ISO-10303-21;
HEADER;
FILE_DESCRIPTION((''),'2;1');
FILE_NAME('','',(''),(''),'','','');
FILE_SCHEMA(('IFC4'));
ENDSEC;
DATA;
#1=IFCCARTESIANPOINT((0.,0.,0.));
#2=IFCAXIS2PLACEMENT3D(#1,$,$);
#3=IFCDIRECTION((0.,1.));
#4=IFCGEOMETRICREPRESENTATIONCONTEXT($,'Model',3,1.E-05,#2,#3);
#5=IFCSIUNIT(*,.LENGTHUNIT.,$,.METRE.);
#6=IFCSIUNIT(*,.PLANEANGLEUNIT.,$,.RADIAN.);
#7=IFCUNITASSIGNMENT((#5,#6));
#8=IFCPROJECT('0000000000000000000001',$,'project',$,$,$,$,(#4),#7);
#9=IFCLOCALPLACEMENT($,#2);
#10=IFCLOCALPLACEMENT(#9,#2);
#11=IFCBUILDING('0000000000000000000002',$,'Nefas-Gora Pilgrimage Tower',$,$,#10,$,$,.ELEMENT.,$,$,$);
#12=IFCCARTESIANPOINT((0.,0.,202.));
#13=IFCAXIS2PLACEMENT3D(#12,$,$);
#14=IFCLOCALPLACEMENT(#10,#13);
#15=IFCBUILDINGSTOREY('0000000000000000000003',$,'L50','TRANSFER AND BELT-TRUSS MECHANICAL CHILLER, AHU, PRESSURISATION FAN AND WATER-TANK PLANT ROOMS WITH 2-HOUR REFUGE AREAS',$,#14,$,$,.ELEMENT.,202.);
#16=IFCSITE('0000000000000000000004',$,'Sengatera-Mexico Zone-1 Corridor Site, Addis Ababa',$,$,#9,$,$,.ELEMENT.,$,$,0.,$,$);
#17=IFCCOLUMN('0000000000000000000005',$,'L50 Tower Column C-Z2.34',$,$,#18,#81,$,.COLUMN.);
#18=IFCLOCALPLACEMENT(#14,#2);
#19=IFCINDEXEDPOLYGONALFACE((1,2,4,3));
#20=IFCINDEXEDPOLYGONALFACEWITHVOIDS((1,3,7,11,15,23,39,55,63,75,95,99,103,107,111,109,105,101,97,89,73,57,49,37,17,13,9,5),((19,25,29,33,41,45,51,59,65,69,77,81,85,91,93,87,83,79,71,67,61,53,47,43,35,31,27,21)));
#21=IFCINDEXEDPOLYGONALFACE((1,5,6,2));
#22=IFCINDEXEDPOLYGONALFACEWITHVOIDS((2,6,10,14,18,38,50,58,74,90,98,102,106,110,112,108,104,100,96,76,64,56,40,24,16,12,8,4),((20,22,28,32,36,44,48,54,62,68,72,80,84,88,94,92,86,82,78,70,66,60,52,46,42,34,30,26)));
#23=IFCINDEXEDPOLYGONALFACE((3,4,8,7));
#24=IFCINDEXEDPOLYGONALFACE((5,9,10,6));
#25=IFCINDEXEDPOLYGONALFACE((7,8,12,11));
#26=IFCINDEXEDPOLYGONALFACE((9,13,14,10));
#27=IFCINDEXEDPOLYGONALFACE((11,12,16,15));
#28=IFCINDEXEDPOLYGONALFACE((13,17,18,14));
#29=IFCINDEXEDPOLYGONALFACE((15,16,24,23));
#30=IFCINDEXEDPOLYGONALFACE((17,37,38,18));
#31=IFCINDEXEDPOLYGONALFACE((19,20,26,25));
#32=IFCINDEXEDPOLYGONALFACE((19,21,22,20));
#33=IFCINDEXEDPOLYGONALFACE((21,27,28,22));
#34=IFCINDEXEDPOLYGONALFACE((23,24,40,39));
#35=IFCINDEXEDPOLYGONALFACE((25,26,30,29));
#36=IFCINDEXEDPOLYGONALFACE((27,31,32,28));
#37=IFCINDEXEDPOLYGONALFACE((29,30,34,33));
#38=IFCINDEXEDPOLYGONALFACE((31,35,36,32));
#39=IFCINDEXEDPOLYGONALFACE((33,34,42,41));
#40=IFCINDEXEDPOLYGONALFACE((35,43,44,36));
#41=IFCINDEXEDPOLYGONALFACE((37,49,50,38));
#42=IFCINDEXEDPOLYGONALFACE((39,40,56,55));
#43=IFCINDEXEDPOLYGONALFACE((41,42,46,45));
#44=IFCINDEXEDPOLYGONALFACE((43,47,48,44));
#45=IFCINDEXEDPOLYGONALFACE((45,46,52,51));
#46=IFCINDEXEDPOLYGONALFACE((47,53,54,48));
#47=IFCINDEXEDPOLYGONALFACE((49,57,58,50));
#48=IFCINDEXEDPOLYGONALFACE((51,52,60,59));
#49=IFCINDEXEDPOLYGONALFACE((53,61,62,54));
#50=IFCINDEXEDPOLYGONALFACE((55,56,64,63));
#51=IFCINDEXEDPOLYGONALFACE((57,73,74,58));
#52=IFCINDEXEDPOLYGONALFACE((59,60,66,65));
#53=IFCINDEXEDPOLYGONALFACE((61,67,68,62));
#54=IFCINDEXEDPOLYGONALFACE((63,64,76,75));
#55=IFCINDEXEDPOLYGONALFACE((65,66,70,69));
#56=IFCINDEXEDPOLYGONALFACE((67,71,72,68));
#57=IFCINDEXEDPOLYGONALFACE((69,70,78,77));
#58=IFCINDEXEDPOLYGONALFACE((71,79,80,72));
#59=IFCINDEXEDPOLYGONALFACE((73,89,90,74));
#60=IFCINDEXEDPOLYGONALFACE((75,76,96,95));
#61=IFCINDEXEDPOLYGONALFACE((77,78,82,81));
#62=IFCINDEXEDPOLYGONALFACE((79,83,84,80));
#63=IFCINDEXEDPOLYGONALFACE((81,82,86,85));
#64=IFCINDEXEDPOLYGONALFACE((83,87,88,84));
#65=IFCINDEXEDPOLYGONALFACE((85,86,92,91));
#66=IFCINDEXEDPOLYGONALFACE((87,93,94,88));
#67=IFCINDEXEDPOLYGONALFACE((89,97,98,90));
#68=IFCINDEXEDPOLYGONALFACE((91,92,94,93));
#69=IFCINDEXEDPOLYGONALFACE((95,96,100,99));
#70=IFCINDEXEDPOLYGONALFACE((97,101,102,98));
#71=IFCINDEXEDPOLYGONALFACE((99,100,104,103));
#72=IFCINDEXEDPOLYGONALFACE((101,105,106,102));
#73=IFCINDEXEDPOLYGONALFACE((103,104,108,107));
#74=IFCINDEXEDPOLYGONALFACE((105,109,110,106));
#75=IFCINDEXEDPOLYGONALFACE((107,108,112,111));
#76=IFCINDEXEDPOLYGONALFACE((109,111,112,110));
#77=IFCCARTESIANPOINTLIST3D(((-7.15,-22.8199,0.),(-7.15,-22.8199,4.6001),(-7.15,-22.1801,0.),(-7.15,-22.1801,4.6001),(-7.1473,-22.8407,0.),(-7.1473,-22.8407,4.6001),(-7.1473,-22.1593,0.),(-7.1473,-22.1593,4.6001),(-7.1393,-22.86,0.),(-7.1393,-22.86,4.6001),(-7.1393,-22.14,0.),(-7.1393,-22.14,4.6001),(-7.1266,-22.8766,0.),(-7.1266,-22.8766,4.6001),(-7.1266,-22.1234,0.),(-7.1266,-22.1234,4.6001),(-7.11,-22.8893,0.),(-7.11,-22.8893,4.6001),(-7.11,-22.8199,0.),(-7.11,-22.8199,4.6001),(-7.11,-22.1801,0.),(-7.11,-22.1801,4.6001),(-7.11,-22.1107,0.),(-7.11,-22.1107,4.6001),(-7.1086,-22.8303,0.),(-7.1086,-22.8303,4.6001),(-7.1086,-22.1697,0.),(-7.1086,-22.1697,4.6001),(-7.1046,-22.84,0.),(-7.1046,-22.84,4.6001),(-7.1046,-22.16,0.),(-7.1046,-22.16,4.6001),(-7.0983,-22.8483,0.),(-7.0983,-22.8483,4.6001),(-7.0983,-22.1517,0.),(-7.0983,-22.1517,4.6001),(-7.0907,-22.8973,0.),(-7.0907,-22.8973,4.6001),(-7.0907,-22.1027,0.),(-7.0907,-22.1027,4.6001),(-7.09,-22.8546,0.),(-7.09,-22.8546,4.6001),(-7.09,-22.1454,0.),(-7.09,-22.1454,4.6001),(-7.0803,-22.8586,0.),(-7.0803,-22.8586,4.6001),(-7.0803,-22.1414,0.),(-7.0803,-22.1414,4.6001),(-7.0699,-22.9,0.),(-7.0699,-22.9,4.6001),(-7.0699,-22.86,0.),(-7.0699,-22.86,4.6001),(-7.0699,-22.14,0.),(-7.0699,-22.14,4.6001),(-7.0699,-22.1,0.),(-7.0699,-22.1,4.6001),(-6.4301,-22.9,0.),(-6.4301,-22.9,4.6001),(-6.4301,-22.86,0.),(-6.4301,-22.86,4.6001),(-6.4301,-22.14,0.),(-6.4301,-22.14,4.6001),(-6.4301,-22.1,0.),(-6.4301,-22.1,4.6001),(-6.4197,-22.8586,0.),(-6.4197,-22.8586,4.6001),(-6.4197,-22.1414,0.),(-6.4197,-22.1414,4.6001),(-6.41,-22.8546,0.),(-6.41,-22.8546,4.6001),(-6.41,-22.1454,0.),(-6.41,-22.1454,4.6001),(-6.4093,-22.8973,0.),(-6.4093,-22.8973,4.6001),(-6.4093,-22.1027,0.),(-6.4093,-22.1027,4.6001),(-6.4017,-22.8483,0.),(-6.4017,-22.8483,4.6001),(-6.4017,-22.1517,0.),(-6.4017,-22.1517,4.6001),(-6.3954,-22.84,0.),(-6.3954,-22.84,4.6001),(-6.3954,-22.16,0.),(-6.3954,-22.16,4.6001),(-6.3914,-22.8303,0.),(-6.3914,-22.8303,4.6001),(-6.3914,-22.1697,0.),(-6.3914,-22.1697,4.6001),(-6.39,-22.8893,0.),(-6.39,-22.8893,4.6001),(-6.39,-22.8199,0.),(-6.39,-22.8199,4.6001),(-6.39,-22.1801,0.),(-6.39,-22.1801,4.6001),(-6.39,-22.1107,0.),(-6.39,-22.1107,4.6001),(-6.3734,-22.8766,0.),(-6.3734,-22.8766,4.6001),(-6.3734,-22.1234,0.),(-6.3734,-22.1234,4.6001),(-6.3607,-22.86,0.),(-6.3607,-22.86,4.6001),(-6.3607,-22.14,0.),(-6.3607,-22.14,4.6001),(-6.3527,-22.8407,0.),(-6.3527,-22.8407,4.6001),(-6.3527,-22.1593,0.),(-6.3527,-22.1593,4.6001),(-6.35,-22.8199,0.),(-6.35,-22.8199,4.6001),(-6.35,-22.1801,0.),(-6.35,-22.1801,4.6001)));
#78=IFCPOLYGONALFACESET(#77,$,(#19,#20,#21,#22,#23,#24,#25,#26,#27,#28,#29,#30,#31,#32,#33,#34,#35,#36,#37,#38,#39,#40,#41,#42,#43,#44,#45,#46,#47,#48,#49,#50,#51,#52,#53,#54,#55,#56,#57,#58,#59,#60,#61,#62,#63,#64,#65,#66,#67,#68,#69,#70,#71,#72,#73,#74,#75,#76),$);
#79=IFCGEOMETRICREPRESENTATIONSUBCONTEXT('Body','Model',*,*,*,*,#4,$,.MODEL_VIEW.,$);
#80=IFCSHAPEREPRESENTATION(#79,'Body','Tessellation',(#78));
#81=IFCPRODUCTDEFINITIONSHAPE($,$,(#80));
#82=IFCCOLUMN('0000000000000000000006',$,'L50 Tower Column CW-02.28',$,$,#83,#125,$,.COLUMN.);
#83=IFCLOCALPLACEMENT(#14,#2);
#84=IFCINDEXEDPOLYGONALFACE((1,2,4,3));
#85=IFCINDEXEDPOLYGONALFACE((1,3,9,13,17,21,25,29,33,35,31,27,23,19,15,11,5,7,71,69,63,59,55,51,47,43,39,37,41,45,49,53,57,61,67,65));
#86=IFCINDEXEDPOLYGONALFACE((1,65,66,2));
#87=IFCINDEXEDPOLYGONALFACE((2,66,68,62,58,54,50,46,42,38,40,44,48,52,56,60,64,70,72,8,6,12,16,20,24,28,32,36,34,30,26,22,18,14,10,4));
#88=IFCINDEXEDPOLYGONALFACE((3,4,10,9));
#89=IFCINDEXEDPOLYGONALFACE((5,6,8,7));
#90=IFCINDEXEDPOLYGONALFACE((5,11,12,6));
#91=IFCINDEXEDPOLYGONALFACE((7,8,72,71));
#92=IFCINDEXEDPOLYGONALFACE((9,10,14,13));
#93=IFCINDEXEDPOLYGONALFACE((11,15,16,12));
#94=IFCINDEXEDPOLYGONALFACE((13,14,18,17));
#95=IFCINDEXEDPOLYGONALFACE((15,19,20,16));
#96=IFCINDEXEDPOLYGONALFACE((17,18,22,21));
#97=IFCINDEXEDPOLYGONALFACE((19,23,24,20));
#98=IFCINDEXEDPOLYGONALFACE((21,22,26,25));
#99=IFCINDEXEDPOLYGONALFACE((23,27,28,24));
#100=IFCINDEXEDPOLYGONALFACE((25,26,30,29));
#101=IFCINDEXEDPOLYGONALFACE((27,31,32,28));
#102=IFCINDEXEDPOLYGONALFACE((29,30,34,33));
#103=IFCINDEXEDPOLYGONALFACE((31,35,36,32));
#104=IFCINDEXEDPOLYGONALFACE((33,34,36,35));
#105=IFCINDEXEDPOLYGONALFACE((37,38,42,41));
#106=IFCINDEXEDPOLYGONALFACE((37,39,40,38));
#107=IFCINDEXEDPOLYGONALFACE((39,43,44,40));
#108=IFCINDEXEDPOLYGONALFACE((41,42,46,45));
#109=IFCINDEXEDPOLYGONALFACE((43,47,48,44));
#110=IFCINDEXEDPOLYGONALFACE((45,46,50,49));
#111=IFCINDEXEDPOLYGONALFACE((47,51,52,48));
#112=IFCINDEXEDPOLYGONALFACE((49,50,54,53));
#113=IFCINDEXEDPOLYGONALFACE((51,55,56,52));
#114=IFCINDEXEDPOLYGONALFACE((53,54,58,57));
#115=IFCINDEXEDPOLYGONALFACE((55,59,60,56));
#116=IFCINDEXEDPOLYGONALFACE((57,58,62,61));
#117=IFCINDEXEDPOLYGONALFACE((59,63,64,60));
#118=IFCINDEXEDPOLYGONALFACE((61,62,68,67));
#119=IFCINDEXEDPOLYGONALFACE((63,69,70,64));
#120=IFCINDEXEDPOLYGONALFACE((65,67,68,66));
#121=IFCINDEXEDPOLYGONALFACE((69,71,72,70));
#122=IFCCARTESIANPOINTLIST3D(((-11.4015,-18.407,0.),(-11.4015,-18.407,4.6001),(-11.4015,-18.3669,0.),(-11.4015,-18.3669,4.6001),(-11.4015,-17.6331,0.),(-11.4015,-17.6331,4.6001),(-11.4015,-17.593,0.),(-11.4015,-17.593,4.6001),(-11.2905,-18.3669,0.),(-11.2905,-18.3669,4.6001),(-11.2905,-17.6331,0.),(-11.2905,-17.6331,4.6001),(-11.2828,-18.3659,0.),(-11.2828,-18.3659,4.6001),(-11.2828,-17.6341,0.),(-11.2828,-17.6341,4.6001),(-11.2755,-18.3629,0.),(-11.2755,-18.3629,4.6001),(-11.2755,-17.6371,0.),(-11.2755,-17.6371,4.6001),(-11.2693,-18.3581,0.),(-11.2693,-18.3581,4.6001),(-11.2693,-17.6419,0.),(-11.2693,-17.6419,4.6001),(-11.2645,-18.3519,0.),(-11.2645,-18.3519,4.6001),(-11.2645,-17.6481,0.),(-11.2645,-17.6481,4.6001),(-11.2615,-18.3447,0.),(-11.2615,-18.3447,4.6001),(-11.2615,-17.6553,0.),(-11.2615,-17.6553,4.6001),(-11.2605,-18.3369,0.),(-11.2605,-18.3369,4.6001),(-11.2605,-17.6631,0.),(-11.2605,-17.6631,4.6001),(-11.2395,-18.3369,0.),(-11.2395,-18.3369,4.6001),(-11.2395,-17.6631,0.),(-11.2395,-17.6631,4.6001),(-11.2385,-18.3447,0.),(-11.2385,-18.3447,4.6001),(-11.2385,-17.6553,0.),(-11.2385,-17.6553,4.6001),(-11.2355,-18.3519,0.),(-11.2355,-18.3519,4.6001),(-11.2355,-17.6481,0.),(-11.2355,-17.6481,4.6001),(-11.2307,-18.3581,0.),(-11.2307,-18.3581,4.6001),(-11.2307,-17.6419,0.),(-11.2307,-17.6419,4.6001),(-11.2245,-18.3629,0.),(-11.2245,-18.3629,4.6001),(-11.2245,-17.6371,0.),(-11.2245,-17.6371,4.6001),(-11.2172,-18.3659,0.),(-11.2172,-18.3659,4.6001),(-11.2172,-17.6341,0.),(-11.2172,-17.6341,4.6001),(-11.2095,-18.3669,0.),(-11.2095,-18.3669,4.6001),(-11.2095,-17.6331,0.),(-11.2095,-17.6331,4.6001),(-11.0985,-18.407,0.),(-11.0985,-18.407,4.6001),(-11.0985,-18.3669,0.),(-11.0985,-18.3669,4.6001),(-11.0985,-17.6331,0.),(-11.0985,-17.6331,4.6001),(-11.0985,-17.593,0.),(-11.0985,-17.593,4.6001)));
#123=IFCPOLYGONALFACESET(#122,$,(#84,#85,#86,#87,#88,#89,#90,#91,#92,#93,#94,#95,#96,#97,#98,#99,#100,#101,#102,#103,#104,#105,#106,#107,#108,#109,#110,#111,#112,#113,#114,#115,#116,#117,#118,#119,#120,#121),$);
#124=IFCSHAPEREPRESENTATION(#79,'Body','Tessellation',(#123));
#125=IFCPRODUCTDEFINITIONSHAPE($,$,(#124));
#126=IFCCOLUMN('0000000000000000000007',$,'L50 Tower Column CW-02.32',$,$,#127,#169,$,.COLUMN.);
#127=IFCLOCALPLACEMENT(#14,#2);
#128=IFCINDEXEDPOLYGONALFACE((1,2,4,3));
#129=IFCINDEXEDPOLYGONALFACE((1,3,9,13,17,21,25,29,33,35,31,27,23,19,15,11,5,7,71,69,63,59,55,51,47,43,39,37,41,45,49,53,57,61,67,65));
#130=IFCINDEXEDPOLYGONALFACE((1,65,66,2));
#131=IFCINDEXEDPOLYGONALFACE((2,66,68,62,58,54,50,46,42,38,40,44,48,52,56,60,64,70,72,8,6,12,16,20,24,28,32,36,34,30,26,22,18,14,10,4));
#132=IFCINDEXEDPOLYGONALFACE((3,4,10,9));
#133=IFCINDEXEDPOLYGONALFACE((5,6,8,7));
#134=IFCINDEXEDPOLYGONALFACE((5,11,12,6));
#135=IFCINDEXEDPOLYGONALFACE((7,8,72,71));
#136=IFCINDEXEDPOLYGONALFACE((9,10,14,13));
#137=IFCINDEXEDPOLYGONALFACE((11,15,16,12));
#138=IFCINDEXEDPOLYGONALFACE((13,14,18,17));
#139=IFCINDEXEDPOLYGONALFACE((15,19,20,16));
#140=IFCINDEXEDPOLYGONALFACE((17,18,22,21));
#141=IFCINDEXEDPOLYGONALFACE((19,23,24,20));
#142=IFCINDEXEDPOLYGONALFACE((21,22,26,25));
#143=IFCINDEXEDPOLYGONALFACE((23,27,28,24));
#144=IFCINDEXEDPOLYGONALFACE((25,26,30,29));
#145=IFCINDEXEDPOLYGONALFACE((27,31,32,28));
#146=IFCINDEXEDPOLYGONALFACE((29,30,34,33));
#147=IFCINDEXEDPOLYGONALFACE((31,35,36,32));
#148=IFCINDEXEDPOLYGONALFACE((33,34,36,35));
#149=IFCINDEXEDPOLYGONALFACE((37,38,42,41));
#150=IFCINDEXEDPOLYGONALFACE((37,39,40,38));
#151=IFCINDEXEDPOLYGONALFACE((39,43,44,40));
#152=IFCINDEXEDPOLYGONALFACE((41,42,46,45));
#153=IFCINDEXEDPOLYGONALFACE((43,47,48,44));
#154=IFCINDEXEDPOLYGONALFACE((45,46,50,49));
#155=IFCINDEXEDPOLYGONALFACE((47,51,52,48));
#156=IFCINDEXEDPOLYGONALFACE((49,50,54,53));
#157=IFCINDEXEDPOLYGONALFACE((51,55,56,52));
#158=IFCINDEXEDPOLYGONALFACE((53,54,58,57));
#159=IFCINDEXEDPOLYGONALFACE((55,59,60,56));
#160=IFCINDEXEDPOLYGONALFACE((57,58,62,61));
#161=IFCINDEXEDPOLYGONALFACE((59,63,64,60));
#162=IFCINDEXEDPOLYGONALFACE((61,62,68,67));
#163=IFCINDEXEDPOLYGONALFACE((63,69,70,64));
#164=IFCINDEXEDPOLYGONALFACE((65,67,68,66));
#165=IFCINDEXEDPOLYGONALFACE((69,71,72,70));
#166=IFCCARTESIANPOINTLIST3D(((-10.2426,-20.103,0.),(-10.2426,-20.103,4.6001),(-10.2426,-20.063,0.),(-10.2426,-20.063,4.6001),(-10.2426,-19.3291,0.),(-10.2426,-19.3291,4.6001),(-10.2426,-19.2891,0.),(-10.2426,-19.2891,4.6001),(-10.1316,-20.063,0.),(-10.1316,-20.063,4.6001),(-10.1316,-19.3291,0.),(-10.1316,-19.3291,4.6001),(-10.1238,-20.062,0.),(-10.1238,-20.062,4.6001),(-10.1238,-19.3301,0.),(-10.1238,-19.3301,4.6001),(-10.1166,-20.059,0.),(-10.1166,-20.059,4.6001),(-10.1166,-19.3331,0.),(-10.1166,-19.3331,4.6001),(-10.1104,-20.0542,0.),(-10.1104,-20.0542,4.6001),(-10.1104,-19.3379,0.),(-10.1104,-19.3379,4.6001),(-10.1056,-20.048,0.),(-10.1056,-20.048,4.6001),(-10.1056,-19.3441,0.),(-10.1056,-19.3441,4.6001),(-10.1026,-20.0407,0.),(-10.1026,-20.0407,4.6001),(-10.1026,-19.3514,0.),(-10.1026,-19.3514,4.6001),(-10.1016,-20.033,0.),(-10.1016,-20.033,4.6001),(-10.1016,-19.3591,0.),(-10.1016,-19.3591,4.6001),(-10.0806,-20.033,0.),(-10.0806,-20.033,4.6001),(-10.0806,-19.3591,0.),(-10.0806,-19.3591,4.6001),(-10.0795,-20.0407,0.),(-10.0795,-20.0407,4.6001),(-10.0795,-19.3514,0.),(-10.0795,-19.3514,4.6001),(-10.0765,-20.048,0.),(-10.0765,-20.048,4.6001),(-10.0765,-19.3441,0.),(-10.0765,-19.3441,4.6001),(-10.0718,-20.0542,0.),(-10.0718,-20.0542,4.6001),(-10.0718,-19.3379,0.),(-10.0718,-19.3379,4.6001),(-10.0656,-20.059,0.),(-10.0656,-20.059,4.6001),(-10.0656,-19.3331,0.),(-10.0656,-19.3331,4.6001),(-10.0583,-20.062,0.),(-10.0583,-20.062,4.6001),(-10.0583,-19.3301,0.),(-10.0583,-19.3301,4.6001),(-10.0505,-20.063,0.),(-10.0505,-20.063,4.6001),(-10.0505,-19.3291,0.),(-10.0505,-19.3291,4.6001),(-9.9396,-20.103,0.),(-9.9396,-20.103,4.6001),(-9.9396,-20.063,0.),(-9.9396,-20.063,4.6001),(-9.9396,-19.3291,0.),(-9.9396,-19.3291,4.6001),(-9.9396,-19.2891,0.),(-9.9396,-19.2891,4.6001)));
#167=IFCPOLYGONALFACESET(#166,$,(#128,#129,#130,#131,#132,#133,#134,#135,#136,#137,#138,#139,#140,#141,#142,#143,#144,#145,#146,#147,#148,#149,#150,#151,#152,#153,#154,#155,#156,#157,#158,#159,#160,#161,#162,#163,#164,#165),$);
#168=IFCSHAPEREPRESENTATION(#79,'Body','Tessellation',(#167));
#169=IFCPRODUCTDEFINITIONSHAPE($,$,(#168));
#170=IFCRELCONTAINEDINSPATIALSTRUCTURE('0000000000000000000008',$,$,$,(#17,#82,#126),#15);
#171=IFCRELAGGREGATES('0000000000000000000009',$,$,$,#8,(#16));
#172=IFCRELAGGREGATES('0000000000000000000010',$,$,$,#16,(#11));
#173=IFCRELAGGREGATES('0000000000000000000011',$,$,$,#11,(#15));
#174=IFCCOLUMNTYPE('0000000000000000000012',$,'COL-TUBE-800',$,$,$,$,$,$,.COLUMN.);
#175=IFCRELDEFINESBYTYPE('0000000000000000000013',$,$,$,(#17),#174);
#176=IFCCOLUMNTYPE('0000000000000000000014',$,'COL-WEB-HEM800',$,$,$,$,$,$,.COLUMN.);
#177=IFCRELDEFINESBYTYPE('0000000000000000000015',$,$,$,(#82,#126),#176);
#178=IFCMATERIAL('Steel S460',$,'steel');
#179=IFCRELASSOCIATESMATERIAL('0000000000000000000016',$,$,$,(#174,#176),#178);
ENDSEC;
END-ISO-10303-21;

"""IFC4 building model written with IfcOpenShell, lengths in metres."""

from ifc_helpers import new_model, si_unit, direction, frame, origin, origin_2d, place, context, subcontext, project, spatial, hollow_rectangle, i_section, extrude, source, transform, mapped, material, material_profile, profile_set, type_object, element, save


model = new_model("IFC4")

# Units and contexts
model_context = context("Model", 3, precision=1e-05, world=origin(), true_north=direction((0.0, 1.0)))
body_context = subcontext(model_context, "Body", "Model", "MODEL_VIEW")
ifc_project = project(units=[si_unit("LENGTHUNIT", "METRE"), si_unit("PLANEANGLEUNIT", "RADIAN")], contexts=[model_context])

# Site, building, storey
site_placement = place(None, origin())
site = spatial("IfcSite", under=ifc_project, at=site_placement, Name="Sengatera-Mexico Zone-1 Corridor Site, Addis Ababa", CompositionType="ELEMENT", RefElevation=0.0)
building_placement = place(site_placement, origin())
building = spatial("IfcBuilding", under=site, at=building_placement, Name="Nefas-Gora Pilgrimage Tower", CompositionType="ELEMENT")
storey_placement = place(building_placement, frame((0.0, 0.0, 202.0)))
storey = spatial("IfcBuildingStorey", under=building, at=storey_placement, Name="L50", Description="TRANSFER AND BELT-TRUSS MECHANICAL CHILLER, AHU, PRESSURISATION FAN AND WATER-TANK PLANT ROOMS WITH 2-HOUR REFUGE AREAS", CompositionType="ELEMENT", Elevation=202.0)

# Columns
ifc_material_1 = material(Name="Steel S460", Category="steel")
ifc_material_profile_1 = material_profile(ifc_material_1, hollow_rectangle(XDim=0.8, YDim=0.8, WallThickness=0.04, InnerFilletRadius=0.04, OuterFilletRadius=0.0801, at=origin_2d()), Name="BOX 800x800x40")
ifc_profile_set_1 = profile_set([ifc_material_profile_1], Name="Steel S460")
column_type_1 = type_object("IfcColumnType", Name="COL-TUBE-800", PredefinedType="COLUMN", material=ifc_profile_set_1)
shared_shape_1 = source(origin(), body_context, "Body", "SweptSolid", [
    extrude(hollow_rectangle(XDim=0.8, YDim=0.8, WallThickness=0.04, InnerFilletRadius=0.04, OuterFilletRadius=0.0801, at=origin_2d()), origin(), (0.0, 0.0, 1.0), 4.6001),
])
column_placement = place(storey_placement, frame((-6.75, -22.5, 0.0), z_axis=(0.0, 0.0, 1.0), x_axis=(1.0, 0.0, 0.0)))
element("IfcColumn", 1, at=column_placement, inside=storey, type_object=column_type_1, Name="L50 Tower Column C-Z2.34", PredefinedType="COLUMN", context=body_context, shape_type="MappedRepresentation", body=[
    mapped(shared_shape_1, transform((0.0, 0.0, 0.0), x_axis=(1.0, 0.0, 0.0), y_axis=(0.0, 1.0, 0.0), z_axis=(0.0, 0.0, 1.0), scale=1.0)),
])
ifc_material_profile_2 = material_profile(ifc_material_1, i_section(OverallWidth=0.303, OverallDepth=0.814, WebThickness=0.021, FlangeThickness=0.04, FilletRadius=0.03, at=origin_2d()), Name="HEM 800")
ifc_profile_set_2 = profile_set([ifc_material_profile_2], Name="Steel S460")
column_type_2 = type_object("IfcColumnType", Name="COL-WEB-HEM800", PredefinedType="COLUMN", material=ifc_profile_set_2)
shared_shape_2 = source(origin(), body_context, "Body", "SweptSolid", [
    extrude(i_section(OverallWidth=0.303, OverallDepth=0.814, WebThickness=0.021, FlangeThickness=0.04, FilletRadius=0.03, at=origin_2d()), origin(), (0.0, 0.0, 1.0), 4.6001),
])
for number, where, z_axis, x_axis, name in (
    (2, (-11.25, -18.0, 0.0), (0.0, 0.0, 1.0), (1.0, 0.0, 0.0), "L50 Tower Column CW-02.28"),
    (3, (-10.0911, -19.696, 0.0), (0.0, 0.0, 1.0), (1.0, 0.0, 0.0), "L50 Tower Column CW-02.32"),
):
    element("IfcColumn", number, at=place(storey_placement, frame(where, z_axis=z_axis, x_axis=x_axis)), inside=storey, type_object=column_type_2, Name=name, PredefinedType="COLUMN", context=body_context, shape_type="MappedRepresentation", body=[
        mapped(shared_shape_2, transform((0.0, 0.0, 0.0), x_axis=(1.0, 0.0, 0.0), y_axis=(0.0, 1.0, 0.0), z_axis=(0.0, 0.0, 1.0), scale=1.0)),
    ])

save(model, "model.ifc")
